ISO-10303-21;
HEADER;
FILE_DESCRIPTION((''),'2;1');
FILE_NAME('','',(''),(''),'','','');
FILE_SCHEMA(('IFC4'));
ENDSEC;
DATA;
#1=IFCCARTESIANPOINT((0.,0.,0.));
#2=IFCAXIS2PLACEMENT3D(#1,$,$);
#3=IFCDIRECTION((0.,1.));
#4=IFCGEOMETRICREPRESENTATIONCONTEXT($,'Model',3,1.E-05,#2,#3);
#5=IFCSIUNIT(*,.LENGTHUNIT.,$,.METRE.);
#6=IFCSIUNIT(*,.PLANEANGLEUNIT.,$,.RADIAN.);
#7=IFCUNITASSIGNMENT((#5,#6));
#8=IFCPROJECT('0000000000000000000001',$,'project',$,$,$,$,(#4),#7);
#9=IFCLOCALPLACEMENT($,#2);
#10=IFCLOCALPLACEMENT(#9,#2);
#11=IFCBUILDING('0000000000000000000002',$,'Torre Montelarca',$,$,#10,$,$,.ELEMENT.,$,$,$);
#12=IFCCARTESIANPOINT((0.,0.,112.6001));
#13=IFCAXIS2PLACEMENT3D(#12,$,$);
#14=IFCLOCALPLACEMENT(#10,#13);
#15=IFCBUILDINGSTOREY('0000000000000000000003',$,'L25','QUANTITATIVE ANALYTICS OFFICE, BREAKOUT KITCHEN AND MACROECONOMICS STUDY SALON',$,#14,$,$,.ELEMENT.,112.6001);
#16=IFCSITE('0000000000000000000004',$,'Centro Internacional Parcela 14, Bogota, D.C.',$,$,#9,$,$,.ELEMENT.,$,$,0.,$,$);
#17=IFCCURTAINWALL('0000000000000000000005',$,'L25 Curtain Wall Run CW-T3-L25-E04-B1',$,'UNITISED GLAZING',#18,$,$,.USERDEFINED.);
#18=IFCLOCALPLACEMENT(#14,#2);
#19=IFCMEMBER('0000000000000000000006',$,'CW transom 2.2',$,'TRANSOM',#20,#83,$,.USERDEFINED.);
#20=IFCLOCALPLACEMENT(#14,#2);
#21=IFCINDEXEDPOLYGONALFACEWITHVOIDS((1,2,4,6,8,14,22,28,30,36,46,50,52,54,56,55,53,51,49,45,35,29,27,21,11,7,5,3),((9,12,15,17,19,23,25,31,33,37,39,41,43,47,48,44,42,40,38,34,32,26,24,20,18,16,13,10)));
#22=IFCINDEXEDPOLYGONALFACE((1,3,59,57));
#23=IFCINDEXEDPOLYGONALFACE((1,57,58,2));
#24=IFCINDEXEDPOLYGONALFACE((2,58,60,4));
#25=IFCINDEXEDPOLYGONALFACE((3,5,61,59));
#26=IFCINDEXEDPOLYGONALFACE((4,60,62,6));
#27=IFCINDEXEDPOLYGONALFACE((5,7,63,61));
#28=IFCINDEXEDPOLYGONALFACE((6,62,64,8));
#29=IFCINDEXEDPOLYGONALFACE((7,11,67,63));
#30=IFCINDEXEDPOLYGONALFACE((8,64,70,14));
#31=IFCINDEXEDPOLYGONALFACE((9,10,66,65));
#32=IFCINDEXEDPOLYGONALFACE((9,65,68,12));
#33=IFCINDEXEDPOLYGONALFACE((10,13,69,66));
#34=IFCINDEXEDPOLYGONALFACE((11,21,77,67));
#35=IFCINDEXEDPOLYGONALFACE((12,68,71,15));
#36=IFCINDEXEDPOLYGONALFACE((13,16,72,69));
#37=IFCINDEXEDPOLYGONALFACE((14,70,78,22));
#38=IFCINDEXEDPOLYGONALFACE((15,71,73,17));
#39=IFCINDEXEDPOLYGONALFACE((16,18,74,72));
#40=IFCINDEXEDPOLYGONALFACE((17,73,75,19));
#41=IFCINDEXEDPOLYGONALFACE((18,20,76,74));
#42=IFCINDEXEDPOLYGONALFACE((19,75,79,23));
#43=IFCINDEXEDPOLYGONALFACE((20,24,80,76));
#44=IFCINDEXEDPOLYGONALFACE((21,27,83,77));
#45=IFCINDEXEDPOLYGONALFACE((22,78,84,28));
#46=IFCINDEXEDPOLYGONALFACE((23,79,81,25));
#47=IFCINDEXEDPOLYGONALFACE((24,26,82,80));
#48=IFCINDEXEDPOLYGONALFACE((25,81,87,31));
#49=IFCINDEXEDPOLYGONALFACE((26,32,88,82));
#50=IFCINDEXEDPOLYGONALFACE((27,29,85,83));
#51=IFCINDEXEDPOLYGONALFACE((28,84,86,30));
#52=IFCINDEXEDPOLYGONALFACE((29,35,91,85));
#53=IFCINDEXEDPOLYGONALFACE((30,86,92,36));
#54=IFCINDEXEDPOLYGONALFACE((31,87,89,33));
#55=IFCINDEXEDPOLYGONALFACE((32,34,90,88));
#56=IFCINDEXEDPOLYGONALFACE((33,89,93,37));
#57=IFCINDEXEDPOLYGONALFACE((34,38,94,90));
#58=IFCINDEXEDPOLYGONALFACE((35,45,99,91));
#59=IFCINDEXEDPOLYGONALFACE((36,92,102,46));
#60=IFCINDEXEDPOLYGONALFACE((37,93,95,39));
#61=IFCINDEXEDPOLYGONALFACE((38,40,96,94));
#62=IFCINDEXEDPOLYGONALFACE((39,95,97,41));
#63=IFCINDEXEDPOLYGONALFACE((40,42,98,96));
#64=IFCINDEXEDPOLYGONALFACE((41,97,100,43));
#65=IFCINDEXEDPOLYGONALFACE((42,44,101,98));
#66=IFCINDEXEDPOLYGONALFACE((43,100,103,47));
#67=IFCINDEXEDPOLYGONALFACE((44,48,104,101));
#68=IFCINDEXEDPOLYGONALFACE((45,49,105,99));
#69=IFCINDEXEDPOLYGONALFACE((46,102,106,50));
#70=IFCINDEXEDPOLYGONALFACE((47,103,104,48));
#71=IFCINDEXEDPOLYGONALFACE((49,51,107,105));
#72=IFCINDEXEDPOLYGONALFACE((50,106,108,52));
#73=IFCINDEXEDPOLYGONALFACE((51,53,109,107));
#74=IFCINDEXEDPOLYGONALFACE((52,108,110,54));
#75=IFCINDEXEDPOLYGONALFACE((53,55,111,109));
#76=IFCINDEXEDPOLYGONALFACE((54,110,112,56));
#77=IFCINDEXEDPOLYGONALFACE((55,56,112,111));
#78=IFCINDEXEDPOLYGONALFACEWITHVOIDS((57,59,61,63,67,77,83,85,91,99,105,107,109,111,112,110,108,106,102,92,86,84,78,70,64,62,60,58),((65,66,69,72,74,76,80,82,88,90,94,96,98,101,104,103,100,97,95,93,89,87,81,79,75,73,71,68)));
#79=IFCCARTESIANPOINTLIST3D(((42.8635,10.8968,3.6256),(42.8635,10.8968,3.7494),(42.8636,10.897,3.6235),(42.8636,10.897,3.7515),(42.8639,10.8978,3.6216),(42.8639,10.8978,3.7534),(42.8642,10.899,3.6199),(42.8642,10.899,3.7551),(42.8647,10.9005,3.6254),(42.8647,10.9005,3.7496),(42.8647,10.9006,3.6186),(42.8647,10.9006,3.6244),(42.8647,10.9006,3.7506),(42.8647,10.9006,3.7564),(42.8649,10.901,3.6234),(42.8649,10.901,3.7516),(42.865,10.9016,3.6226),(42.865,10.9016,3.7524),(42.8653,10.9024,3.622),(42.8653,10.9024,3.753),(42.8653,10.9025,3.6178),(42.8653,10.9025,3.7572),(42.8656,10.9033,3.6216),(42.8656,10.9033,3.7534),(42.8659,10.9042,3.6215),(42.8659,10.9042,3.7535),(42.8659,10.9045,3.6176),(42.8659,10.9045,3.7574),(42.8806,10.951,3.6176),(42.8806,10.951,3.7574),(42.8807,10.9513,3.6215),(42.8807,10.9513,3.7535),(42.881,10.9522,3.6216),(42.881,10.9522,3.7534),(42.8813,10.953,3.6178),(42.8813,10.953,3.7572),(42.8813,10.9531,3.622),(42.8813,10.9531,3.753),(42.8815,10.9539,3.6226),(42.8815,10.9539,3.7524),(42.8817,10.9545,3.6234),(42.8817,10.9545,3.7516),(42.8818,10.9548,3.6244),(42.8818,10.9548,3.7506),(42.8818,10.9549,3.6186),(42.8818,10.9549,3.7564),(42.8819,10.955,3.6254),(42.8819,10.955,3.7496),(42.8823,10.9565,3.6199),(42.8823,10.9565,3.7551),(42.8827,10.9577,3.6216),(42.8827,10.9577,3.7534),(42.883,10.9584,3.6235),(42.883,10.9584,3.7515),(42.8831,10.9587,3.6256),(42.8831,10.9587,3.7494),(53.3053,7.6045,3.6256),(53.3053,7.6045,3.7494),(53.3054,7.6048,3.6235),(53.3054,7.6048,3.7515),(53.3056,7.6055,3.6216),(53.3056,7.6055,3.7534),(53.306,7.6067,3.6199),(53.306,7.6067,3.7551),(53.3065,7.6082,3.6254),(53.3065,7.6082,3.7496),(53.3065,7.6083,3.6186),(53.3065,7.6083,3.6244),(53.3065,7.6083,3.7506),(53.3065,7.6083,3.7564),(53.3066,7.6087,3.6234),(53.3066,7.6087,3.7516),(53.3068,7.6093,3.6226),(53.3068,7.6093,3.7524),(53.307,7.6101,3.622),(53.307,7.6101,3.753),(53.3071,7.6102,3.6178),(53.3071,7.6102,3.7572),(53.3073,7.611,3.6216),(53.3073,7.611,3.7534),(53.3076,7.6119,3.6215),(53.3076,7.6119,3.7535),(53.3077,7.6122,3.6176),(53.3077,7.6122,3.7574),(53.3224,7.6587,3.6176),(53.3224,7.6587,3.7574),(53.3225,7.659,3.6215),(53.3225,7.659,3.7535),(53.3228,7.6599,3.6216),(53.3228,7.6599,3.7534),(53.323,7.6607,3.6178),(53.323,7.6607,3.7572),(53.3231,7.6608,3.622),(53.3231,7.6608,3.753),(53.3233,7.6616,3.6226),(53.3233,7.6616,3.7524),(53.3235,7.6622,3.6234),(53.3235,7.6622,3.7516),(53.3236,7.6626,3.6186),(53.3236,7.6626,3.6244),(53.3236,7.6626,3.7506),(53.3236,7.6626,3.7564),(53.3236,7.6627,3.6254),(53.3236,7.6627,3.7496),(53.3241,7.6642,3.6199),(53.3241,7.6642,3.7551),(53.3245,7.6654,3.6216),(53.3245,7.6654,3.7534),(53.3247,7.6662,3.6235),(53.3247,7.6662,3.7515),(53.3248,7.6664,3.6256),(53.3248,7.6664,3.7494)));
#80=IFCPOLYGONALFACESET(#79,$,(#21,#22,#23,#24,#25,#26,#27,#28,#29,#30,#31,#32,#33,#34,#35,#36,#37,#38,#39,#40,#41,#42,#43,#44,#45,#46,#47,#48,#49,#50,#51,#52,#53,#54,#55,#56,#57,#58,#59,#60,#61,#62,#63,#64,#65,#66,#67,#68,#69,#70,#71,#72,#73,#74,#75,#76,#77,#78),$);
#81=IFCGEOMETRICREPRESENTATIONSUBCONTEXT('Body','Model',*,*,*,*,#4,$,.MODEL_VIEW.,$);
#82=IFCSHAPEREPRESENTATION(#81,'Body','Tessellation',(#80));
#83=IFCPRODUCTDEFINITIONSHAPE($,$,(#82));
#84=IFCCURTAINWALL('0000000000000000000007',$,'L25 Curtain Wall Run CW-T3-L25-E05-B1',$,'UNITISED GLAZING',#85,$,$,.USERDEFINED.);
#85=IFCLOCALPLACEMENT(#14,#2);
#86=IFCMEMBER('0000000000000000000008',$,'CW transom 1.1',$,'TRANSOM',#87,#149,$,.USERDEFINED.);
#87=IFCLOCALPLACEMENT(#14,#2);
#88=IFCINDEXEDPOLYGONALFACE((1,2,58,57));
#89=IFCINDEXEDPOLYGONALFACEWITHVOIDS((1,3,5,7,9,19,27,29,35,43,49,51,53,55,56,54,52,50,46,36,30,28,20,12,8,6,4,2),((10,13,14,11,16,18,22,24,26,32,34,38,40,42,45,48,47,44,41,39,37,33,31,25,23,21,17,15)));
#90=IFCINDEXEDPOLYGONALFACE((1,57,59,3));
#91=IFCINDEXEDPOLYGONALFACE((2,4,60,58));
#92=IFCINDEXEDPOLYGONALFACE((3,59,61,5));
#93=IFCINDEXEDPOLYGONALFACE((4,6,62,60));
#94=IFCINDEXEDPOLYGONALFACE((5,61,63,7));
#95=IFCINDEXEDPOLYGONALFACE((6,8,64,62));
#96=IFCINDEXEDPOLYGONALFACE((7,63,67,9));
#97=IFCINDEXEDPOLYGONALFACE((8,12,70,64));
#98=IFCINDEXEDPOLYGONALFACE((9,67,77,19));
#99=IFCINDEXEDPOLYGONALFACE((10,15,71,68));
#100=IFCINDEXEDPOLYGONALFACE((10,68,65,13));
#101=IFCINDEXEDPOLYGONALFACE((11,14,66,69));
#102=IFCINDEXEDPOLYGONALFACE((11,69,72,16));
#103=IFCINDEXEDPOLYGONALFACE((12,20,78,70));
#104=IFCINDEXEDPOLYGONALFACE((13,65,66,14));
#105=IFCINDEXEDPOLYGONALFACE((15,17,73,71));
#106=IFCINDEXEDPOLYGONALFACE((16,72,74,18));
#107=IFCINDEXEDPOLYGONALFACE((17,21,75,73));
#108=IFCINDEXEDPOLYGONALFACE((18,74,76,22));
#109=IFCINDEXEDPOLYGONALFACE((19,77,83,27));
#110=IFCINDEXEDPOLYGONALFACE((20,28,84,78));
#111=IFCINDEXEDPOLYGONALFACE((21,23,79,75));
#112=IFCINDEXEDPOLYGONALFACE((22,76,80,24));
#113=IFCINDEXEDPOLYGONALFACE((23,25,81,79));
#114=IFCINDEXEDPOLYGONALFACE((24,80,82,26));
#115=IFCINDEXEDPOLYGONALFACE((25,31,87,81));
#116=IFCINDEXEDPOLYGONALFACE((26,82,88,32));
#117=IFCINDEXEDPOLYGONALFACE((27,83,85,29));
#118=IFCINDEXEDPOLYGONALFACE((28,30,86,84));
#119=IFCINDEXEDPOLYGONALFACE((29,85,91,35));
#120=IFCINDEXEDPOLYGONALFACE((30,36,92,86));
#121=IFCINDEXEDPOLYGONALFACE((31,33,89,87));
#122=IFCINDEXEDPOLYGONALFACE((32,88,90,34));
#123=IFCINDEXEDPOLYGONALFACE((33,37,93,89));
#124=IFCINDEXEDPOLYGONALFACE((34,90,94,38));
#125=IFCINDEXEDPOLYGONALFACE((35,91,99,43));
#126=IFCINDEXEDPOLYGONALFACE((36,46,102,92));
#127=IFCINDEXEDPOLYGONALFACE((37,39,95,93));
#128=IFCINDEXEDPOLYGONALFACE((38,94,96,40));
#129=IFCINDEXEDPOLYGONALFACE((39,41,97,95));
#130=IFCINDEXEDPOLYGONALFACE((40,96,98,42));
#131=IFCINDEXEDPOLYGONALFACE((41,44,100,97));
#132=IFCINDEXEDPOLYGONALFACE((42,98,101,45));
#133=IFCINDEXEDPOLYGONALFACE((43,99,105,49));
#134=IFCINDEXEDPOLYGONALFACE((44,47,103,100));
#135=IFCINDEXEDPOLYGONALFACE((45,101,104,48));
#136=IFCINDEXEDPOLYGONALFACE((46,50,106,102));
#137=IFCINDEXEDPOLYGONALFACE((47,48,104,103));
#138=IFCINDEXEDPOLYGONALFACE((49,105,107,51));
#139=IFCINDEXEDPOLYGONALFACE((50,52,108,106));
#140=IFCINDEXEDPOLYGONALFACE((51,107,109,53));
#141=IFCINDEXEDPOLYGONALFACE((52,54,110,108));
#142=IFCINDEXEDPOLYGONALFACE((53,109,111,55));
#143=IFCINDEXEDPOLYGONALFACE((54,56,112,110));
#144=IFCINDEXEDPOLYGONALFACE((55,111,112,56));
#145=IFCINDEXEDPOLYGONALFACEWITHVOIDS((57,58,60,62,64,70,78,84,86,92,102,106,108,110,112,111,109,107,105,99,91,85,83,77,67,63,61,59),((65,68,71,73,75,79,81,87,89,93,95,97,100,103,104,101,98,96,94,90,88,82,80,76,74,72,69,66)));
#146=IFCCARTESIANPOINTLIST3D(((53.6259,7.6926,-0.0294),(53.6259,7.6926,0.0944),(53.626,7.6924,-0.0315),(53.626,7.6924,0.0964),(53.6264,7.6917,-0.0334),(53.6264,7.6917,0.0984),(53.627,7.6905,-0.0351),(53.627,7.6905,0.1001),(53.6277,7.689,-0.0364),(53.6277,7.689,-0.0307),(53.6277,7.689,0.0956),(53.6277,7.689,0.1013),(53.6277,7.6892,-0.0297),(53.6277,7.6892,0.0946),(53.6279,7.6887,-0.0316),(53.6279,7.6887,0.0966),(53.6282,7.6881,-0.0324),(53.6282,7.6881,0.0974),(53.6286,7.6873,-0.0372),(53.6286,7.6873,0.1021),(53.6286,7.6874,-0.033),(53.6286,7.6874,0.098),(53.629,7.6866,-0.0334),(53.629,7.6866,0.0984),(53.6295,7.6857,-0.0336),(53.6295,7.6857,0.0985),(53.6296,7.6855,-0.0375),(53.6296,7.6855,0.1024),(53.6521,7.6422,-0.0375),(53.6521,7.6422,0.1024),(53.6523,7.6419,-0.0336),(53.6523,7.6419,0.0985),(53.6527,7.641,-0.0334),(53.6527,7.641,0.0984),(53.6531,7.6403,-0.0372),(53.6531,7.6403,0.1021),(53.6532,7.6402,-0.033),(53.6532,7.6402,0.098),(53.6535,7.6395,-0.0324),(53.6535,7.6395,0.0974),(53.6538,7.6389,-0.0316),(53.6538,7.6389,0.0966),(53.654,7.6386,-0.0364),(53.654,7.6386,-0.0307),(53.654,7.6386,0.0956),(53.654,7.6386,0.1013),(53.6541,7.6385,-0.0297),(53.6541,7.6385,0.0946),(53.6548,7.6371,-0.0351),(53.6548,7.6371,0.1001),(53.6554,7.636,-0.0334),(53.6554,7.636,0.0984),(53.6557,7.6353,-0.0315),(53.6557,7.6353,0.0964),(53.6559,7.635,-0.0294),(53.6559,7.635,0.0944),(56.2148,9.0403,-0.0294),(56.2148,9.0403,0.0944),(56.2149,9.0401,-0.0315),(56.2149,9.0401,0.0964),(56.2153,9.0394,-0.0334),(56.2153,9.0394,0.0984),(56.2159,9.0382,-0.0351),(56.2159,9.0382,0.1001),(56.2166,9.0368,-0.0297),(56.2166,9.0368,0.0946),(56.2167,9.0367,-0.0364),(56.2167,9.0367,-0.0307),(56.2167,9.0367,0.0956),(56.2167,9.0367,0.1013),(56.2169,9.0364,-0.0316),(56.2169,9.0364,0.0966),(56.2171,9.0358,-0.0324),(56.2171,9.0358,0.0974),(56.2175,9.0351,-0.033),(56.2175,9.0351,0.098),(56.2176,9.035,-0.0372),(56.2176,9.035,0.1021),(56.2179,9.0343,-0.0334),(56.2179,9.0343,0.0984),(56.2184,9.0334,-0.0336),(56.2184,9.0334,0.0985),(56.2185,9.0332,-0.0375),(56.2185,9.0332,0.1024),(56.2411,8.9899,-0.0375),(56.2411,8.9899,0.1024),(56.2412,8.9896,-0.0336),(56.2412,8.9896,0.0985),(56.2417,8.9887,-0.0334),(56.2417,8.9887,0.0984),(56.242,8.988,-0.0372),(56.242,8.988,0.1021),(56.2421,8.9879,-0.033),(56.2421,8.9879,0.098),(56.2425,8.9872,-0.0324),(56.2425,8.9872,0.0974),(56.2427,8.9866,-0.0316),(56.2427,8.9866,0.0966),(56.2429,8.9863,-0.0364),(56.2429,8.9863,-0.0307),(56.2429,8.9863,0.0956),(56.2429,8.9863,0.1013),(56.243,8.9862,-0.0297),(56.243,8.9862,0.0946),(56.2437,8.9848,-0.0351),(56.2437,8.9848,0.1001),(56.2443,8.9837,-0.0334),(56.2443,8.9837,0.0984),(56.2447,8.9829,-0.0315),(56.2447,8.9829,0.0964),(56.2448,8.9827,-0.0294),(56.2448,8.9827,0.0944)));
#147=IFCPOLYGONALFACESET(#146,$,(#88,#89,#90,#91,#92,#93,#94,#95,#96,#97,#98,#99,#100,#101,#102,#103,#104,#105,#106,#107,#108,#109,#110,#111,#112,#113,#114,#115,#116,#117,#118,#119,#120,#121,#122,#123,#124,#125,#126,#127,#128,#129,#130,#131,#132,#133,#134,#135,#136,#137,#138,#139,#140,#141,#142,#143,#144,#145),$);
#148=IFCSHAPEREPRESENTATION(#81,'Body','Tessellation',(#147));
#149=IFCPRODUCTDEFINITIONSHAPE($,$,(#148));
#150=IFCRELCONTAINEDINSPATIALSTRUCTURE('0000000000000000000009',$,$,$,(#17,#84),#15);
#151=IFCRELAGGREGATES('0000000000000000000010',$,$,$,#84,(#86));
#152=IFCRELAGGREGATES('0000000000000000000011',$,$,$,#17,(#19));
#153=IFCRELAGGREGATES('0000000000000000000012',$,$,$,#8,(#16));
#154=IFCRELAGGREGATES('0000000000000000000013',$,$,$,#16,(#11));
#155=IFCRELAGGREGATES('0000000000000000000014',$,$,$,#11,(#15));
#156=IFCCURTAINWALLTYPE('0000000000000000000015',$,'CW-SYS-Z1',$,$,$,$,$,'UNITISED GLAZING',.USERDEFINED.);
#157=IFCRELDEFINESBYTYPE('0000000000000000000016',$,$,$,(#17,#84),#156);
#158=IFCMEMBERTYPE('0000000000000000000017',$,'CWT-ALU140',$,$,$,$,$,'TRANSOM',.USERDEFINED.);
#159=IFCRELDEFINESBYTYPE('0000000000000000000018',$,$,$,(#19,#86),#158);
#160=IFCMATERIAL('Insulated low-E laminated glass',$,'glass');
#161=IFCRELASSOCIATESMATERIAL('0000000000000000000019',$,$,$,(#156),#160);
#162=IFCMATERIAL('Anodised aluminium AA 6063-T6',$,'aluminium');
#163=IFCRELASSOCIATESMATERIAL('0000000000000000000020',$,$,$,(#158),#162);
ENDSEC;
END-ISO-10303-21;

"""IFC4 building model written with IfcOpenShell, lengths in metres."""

from ifc_helpers import new_model, si_unit, direction, frame, origin, origin_2d, place, context, subcontext, project, spatial, hollow_rectangle, extrude, source, transform, mapped, material, material_profile, profile_set, type_object, element, aggregate, save


model = new_model("IFC4")

# Units and contexts
model_context = context("Model", 3, precision=1e-05, world=origin(), true_north=direction((0.0, 1.0)))
body_context = subcontext(model_context, "Body", "Model", "MODEL_VIEW")
ifc_project = project(units=[si_unit("LENGTHUNIT", "METRE"), si_unit("PLANEANGLEUNIT", "RADIAN")], contexts=[model_context])

# Site, building, storey
site_placement = place(None, origin())
site = spatial("IfcSite", under=ifc_project, at=site_placement, Name="Centro Internacional Parcela 14, Bogota, D.C.", CompositionType="ELEMENT", RefElevation=0.0)
building_placement = place(site_placement, origin())
building = spatial("IfcBuilding", under=site, at=building_placement, Name="Torre Montelarca", CompositionType="ELEMENT")
storey_placement = place(building_placement, frame((0.0, 0.0, 112.6001)))
storey = spatial("IfcBuildingStorey", under=building, at=storey_placement, Name="L25", Description="QUANTITATIVE ANALYTICS OFFICE, BREAKOUT KITCHEN AND MACROECONOMICS STUDY SALON", CompositionType="ELEMENT", Elevation=112.6001)

# Curtain walls, members
ifc_material_1 = material(Name="Insulated low-E laminated glass", Category="glass")
curtain_wall_type = type_object("IfcCurtainWallType", Name="CW-SYS-Z1", ElementType="UNITISED GLAZING", PredefinedType="USERDEFINED", material=ifc_material_1)
curtain_wall_1_placement = place(storey_placement, origin())
curtain_wall_1 = element("IfcCurtainWall", 1, at=curtain_wall_1_placement, inside=storey, type_object=curtain_wall_type, Name="L25 Curtain Wall Run CW-T3-L25-E04-B1", ObjectType="UNITISED GLAZING", PredefinedType="USERDEFINED")
ifc_material_2 = material(Name="Anodised aluminium AA 6063-T6", Category="aluminium")
ifc_material_profile_1 = material_profile(ifc_material_2, hollow_rectangle(XDim=0.0649, YDim=0.1399, WallThickness=0.0039, InnerFilletRadius=0.0039, OuterFilletRadius=0.0081, at=origin_2d()), Name="ALU65X140X4", Category="aluminium")
ifc_profile_set_1 = profile_set([ifc_material_profile_1], Name="Anodised aluminium AA 6063-T6")
member_type_1 = type_object("IfcMemberType", Name="CWT-ALU140", ElementType="TRANSOM", PredefinedType="USERDEFINED", material=ifc_profile_set_1)
shared_shape_1 = source(origin(), body_context, "Body", "SweptSolid", [
    extrude(hollow_rectangle(XDim=0.0649, YDim=0.1399, WallThickness=0.0039, InnerFilletRadius=0.0039, OuterFilletRadius=0.0081, at=origin_2d()), origin(), (0.0, 0.0, 1.0), 10.9485),
])
member_1_placement = place(storey_placement, frame((42.8733, 10.9277, 3.6875), z_axis=(0.953717, -0.300706, 0.0), x_axis=(0.300706, 0.953717, 0.0)))
member_1 = element("IfcMember", 2, at=member_1_placement, type_object=member_type_1, Name="CW transom 2.2", ObjectType="TRANSOM", PredefinedType="USERDEFINED", context=body_context, shape_type="MappedRepresentation", body=[
    mapped(shared_shape_1, transform((0.0, 0.0, 0.0), scale=1.0)),
])
curtain_wall_2_placement = place(storey_placement, origin())
curtain_wall_2 = element("IfcCurtainWall", 3, at=curtain_wall_2_placement, inside=storey, type_object=curtain_wall_type, Name="L25 Curtain Wall Run CW-T3-L25-E05-B1", ObjectType="UNITISED GLAZING", PredefinedType="USERDEFINED")
shared_shape_2 = source(origin(), body_context, "Body", "SweptSolid", [
    extrude(hollow_rectangle(XDim=0.0649, YDim=0.1399, WallThickness=0.0039, InnerFilletRadius=0.0039, OuterFilletRadius=0.0081, at=origin_2d()), origin(), (0.0, 0.0, 1.0), 2.9187),
])
member_2_placement = place(storey_placement, frame((53.6409, 7.6638, 0.0325), z_axis=(0.887014, 0.461742, 0.0), x_axis=(-0.461742, 0.887014, 0.0)))
member_2 = element("IfcMember", 4, at=member_2_placement, type_object=member_type_1, Name="CW transom 1.1", ObjectType="TRANSOM", PredefinedType="USERDEFINED", context=body_context, shape_type="MappedRepresentation", body=[
    mapped(shared_shape_2, transform((0.0, 0.0, 0.0), scale=1.0)),
])

aggregate(curtain_wall_2, [member_2])
aggregate(curtain_wall_1, [member_1])

save(model, "model.ifc")
